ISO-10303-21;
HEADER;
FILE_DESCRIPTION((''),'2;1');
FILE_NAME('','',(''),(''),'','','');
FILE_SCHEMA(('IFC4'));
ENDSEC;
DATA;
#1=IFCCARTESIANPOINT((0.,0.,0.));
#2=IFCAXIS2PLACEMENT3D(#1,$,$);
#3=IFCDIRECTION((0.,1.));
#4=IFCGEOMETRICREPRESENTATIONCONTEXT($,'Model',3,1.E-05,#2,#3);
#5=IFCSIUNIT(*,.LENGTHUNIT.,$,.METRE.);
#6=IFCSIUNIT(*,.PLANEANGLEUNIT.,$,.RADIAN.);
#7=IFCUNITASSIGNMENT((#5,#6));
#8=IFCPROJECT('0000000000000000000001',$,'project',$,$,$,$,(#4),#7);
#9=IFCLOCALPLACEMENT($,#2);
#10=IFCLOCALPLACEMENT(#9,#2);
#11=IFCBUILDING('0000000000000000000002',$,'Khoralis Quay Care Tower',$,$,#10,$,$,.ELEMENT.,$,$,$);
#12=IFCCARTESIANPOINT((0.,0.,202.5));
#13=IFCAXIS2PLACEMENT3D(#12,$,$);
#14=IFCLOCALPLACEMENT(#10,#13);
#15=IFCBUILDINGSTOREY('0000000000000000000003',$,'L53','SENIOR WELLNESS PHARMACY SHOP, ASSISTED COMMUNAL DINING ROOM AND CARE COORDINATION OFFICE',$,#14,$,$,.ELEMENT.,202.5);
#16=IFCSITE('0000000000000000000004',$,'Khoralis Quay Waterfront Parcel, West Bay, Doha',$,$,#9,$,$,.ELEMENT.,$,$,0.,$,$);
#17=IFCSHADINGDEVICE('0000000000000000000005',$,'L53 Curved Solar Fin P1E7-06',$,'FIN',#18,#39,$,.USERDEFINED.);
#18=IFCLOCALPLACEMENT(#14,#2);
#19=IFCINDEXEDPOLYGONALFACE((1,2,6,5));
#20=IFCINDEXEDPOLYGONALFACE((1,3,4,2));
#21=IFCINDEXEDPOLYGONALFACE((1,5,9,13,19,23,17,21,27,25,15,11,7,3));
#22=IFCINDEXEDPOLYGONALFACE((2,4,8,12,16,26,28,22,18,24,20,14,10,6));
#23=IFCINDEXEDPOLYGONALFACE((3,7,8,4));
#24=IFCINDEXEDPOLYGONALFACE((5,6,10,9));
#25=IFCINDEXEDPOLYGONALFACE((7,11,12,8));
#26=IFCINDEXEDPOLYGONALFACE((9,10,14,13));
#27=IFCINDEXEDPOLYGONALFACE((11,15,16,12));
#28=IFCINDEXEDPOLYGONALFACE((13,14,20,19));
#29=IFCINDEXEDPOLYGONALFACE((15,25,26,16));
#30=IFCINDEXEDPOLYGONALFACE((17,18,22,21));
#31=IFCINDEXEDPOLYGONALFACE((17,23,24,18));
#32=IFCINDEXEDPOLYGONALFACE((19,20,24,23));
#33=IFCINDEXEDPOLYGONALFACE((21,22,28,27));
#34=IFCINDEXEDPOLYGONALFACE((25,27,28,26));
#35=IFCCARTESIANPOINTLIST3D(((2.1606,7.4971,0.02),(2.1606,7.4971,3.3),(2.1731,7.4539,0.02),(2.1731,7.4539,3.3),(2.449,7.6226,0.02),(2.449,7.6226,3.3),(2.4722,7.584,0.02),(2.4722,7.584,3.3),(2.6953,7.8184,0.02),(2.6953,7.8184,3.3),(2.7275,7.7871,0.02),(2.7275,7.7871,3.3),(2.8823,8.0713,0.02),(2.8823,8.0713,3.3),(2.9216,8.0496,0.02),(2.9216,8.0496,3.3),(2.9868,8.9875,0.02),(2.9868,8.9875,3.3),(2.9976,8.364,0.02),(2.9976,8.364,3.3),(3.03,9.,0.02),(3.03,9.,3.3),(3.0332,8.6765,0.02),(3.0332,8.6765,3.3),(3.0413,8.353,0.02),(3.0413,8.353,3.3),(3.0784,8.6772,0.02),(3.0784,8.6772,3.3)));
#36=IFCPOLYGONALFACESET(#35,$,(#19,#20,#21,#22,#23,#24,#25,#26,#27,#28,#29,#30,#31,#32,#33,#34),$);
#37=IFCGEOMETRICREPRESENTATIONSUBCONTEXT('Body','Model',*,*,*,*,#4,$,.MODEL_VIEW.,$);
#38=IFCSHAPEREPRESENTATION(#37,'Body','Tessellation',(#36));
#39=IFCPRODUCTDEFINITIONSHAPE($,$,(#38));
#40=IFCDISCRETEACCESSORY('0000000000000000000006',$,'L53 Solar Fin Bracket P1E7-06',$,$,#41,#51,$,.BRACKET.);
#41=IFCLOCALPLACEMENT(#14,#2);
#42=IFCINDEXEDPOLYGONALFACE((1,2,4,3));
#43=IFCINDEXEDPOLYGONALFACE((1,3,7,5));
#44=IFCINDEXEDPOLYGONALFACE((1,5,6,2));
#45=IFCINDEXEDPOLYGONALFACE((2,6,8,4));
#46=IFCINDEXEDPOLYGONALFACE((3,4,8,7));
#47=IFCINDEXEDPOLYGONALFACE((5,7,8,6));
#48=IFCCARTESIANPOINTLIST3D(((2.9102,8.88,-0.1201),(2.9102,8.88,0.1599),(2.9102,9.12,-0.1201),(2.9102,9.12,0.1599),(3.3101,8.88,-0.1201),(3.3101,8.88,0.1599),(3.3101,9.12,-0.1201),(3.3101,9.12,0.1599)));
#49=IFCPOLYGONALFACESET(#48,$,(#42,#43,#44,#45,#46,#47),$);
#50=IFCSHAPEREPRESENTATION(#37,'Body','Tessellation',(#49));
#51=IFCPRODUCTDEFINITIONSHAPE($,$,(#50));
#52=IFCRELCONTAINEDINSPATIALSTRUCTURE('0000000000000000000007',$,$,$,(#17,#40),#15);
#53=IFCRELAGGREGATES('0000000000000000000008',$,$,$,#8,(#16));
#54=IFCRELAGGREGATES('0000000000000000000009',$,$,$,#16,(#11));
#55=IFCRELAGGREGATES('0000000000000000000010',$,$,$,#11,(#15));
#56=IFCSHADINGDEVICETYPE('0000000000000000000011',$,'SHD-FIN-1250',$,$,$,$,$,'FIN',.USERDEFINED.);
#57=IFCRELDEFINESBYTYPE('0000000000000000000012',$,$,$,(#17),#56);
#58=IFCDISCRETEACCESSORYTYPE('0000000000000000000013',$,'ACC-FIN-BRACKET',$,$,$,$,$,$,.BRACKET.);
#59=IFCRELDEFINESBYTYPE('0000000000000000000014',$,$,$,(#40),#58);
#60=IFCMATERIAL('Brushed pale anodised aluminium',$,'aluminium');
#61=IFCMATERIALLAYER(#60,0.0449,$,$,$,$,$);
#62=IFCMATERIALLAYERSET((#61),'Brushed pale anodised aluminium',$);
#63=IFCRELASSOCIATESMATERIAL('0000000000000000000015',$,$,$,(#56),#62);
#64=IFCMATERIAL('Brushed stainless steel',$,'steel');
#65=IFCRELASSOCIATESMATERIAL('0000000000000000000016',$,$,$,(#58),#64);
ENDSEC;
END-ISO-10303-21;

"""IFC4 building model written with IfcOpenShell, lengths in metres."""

from ifc_helpers import new_model, si_unit, direction, frame, origin, origin_2d, place, context, subcontext, project, spatial, polyline, rectangle, outline, extrude, source, transform, mapped, material, layer, layer_set, type_object, element, save


model = new_model("IFC4")

# Units and contexts
model_context = context("Model", 3, precision=1e-05, world=origin(), true_north=direction((0.0, 1.0)))
body_context = subcontext(model_context, "Body", "Model", "MODEL_VIEW")
ifc_project = project(units=[si_unit("LENGTHUNIT", "METRE"), si_unit("PLANEANGLEUNIT", "RADIAN")], contexts=[model_context])

# Site, building, storey
site_placement = place(None, origin())
site = spatial("IfcSite", under=ifc_project, at=site_placement, Name="Khoralis Quay Waterfront Parcel, West Bay, Doha", CompositionType="ELEMENT", RefElevation=0.0)
building_placement = place(site_placement, origin())
building = spatial("IfcBuilding", under=site, at=building_placement, Name="Khoralis Quay Care Tower", CompositionType="ELEMENT")
storey_placement = place(building_placement, frame((0.0, 0.0, 202.5)))
storey = spatial("IfcBuildingStorey", under=building, at=storey_placement, Name="L53", Description="SENIOR WELLNESS PHARMACY SHOP, ASSISTED COMMUNAL DINING ROOM AND CARE COORDINATION OFFICE", CompositionType="ELEMENT", Elevation=202.5)

# Shading device
ifc_material_1 = material(Name="Brushed pale anodised aluminium", Category="aluminium")
ifc_layer_1 = layer(ifc_material_1, 0.0449)
ifc_layer_set_1 = layer_set([ifc_layer_1], Name="Brushed pale anodised aluminium")
shading_device_type = type_object("IfcShadingDeviceType", Name="SHD-FIN-1250", ElementType="FIN", PredefinedType="USERDEFINED", material=ifc_layer_set_1)
shared_shape_1 = source(origin(), body_context, "Body", "SweptSolid", [
    extrude(outline(polyline([(0.0, 0.0), (-0.0483, 0.3228), (-0.0112, 0.647), (0.1084, 0.9504), (0.3025, 1.2129), (0.5579, 1.416), (0.8569, 1.5461), (0.8694, 1.5029), (0.5811, 1.3774), (0.3347, 1.1816), (0.1477, 0.9287), (0.0325, 0.636), (-0.0032, 0.3235), (0.0432, 0.0125), (0.0, 0.0)])), origin(), (0.0, 0.0, 1.0), 3.28),
])
shading_device_placement = place(storey_placement, frame((3.03, 9.0, 0.02), z_axis=(0.0, 0.0, 1.0), x_axis=(-1.0, 0.0, 0.0)))
element("IfcShadingDevice", 1, at=shading_device_placement, inside=storey, type_object=shading_device_type, Name="L53 Curved Solar Fin P1E7-06", ObjectType="FIN", PredefinedType="USERDEFINED", context=body_context, shape_type="MappedRepresentation", body=[
    mapped(shared_shape_1, transform((0.0, 0.0, 0.0), scale=1.0)),
])

# Discrete accessory
ifc_material_2 = material(Name="Brushed stainless steel", Category="steel")
discrete_accessory_type = type_object("IfcDiscreteAccessoryType", Name="ACC-FIN-BRACKET", PredefinedType="BRACKET", material=ifc_material_2)
shared_shape_2 = source(origin(), body_context, "Body", "SweptSolid", [
    extrude(rectangle(XDim=0.3999, YDim=0.24, at=origin_2d()), origin(), (0.0, 0.0, 1.0), 0.28),
])
discrete_accessory_placement = place(storey_placement, frame((3.1101, 9.0, -0.1201), z_axis=(0.0, 0.0, 1.0), x_axis=(-1.0, 0.0, 0.0)))
element("IfcDiscreteAccessory", 2, at=discrete_accessory_placement, inside=storey, type_object=discrete_accessory_type, Name="L53 Solar Fin Bracket P1E7-06", PredefinedType="BRACKET", context=body_context, shape_type="MappedRepresentation", body=[
    mapped(shared_shape_2, transform((0.0, 0.0, 0.0), scale=1.0)),
])

save(model, "model.ifc")
